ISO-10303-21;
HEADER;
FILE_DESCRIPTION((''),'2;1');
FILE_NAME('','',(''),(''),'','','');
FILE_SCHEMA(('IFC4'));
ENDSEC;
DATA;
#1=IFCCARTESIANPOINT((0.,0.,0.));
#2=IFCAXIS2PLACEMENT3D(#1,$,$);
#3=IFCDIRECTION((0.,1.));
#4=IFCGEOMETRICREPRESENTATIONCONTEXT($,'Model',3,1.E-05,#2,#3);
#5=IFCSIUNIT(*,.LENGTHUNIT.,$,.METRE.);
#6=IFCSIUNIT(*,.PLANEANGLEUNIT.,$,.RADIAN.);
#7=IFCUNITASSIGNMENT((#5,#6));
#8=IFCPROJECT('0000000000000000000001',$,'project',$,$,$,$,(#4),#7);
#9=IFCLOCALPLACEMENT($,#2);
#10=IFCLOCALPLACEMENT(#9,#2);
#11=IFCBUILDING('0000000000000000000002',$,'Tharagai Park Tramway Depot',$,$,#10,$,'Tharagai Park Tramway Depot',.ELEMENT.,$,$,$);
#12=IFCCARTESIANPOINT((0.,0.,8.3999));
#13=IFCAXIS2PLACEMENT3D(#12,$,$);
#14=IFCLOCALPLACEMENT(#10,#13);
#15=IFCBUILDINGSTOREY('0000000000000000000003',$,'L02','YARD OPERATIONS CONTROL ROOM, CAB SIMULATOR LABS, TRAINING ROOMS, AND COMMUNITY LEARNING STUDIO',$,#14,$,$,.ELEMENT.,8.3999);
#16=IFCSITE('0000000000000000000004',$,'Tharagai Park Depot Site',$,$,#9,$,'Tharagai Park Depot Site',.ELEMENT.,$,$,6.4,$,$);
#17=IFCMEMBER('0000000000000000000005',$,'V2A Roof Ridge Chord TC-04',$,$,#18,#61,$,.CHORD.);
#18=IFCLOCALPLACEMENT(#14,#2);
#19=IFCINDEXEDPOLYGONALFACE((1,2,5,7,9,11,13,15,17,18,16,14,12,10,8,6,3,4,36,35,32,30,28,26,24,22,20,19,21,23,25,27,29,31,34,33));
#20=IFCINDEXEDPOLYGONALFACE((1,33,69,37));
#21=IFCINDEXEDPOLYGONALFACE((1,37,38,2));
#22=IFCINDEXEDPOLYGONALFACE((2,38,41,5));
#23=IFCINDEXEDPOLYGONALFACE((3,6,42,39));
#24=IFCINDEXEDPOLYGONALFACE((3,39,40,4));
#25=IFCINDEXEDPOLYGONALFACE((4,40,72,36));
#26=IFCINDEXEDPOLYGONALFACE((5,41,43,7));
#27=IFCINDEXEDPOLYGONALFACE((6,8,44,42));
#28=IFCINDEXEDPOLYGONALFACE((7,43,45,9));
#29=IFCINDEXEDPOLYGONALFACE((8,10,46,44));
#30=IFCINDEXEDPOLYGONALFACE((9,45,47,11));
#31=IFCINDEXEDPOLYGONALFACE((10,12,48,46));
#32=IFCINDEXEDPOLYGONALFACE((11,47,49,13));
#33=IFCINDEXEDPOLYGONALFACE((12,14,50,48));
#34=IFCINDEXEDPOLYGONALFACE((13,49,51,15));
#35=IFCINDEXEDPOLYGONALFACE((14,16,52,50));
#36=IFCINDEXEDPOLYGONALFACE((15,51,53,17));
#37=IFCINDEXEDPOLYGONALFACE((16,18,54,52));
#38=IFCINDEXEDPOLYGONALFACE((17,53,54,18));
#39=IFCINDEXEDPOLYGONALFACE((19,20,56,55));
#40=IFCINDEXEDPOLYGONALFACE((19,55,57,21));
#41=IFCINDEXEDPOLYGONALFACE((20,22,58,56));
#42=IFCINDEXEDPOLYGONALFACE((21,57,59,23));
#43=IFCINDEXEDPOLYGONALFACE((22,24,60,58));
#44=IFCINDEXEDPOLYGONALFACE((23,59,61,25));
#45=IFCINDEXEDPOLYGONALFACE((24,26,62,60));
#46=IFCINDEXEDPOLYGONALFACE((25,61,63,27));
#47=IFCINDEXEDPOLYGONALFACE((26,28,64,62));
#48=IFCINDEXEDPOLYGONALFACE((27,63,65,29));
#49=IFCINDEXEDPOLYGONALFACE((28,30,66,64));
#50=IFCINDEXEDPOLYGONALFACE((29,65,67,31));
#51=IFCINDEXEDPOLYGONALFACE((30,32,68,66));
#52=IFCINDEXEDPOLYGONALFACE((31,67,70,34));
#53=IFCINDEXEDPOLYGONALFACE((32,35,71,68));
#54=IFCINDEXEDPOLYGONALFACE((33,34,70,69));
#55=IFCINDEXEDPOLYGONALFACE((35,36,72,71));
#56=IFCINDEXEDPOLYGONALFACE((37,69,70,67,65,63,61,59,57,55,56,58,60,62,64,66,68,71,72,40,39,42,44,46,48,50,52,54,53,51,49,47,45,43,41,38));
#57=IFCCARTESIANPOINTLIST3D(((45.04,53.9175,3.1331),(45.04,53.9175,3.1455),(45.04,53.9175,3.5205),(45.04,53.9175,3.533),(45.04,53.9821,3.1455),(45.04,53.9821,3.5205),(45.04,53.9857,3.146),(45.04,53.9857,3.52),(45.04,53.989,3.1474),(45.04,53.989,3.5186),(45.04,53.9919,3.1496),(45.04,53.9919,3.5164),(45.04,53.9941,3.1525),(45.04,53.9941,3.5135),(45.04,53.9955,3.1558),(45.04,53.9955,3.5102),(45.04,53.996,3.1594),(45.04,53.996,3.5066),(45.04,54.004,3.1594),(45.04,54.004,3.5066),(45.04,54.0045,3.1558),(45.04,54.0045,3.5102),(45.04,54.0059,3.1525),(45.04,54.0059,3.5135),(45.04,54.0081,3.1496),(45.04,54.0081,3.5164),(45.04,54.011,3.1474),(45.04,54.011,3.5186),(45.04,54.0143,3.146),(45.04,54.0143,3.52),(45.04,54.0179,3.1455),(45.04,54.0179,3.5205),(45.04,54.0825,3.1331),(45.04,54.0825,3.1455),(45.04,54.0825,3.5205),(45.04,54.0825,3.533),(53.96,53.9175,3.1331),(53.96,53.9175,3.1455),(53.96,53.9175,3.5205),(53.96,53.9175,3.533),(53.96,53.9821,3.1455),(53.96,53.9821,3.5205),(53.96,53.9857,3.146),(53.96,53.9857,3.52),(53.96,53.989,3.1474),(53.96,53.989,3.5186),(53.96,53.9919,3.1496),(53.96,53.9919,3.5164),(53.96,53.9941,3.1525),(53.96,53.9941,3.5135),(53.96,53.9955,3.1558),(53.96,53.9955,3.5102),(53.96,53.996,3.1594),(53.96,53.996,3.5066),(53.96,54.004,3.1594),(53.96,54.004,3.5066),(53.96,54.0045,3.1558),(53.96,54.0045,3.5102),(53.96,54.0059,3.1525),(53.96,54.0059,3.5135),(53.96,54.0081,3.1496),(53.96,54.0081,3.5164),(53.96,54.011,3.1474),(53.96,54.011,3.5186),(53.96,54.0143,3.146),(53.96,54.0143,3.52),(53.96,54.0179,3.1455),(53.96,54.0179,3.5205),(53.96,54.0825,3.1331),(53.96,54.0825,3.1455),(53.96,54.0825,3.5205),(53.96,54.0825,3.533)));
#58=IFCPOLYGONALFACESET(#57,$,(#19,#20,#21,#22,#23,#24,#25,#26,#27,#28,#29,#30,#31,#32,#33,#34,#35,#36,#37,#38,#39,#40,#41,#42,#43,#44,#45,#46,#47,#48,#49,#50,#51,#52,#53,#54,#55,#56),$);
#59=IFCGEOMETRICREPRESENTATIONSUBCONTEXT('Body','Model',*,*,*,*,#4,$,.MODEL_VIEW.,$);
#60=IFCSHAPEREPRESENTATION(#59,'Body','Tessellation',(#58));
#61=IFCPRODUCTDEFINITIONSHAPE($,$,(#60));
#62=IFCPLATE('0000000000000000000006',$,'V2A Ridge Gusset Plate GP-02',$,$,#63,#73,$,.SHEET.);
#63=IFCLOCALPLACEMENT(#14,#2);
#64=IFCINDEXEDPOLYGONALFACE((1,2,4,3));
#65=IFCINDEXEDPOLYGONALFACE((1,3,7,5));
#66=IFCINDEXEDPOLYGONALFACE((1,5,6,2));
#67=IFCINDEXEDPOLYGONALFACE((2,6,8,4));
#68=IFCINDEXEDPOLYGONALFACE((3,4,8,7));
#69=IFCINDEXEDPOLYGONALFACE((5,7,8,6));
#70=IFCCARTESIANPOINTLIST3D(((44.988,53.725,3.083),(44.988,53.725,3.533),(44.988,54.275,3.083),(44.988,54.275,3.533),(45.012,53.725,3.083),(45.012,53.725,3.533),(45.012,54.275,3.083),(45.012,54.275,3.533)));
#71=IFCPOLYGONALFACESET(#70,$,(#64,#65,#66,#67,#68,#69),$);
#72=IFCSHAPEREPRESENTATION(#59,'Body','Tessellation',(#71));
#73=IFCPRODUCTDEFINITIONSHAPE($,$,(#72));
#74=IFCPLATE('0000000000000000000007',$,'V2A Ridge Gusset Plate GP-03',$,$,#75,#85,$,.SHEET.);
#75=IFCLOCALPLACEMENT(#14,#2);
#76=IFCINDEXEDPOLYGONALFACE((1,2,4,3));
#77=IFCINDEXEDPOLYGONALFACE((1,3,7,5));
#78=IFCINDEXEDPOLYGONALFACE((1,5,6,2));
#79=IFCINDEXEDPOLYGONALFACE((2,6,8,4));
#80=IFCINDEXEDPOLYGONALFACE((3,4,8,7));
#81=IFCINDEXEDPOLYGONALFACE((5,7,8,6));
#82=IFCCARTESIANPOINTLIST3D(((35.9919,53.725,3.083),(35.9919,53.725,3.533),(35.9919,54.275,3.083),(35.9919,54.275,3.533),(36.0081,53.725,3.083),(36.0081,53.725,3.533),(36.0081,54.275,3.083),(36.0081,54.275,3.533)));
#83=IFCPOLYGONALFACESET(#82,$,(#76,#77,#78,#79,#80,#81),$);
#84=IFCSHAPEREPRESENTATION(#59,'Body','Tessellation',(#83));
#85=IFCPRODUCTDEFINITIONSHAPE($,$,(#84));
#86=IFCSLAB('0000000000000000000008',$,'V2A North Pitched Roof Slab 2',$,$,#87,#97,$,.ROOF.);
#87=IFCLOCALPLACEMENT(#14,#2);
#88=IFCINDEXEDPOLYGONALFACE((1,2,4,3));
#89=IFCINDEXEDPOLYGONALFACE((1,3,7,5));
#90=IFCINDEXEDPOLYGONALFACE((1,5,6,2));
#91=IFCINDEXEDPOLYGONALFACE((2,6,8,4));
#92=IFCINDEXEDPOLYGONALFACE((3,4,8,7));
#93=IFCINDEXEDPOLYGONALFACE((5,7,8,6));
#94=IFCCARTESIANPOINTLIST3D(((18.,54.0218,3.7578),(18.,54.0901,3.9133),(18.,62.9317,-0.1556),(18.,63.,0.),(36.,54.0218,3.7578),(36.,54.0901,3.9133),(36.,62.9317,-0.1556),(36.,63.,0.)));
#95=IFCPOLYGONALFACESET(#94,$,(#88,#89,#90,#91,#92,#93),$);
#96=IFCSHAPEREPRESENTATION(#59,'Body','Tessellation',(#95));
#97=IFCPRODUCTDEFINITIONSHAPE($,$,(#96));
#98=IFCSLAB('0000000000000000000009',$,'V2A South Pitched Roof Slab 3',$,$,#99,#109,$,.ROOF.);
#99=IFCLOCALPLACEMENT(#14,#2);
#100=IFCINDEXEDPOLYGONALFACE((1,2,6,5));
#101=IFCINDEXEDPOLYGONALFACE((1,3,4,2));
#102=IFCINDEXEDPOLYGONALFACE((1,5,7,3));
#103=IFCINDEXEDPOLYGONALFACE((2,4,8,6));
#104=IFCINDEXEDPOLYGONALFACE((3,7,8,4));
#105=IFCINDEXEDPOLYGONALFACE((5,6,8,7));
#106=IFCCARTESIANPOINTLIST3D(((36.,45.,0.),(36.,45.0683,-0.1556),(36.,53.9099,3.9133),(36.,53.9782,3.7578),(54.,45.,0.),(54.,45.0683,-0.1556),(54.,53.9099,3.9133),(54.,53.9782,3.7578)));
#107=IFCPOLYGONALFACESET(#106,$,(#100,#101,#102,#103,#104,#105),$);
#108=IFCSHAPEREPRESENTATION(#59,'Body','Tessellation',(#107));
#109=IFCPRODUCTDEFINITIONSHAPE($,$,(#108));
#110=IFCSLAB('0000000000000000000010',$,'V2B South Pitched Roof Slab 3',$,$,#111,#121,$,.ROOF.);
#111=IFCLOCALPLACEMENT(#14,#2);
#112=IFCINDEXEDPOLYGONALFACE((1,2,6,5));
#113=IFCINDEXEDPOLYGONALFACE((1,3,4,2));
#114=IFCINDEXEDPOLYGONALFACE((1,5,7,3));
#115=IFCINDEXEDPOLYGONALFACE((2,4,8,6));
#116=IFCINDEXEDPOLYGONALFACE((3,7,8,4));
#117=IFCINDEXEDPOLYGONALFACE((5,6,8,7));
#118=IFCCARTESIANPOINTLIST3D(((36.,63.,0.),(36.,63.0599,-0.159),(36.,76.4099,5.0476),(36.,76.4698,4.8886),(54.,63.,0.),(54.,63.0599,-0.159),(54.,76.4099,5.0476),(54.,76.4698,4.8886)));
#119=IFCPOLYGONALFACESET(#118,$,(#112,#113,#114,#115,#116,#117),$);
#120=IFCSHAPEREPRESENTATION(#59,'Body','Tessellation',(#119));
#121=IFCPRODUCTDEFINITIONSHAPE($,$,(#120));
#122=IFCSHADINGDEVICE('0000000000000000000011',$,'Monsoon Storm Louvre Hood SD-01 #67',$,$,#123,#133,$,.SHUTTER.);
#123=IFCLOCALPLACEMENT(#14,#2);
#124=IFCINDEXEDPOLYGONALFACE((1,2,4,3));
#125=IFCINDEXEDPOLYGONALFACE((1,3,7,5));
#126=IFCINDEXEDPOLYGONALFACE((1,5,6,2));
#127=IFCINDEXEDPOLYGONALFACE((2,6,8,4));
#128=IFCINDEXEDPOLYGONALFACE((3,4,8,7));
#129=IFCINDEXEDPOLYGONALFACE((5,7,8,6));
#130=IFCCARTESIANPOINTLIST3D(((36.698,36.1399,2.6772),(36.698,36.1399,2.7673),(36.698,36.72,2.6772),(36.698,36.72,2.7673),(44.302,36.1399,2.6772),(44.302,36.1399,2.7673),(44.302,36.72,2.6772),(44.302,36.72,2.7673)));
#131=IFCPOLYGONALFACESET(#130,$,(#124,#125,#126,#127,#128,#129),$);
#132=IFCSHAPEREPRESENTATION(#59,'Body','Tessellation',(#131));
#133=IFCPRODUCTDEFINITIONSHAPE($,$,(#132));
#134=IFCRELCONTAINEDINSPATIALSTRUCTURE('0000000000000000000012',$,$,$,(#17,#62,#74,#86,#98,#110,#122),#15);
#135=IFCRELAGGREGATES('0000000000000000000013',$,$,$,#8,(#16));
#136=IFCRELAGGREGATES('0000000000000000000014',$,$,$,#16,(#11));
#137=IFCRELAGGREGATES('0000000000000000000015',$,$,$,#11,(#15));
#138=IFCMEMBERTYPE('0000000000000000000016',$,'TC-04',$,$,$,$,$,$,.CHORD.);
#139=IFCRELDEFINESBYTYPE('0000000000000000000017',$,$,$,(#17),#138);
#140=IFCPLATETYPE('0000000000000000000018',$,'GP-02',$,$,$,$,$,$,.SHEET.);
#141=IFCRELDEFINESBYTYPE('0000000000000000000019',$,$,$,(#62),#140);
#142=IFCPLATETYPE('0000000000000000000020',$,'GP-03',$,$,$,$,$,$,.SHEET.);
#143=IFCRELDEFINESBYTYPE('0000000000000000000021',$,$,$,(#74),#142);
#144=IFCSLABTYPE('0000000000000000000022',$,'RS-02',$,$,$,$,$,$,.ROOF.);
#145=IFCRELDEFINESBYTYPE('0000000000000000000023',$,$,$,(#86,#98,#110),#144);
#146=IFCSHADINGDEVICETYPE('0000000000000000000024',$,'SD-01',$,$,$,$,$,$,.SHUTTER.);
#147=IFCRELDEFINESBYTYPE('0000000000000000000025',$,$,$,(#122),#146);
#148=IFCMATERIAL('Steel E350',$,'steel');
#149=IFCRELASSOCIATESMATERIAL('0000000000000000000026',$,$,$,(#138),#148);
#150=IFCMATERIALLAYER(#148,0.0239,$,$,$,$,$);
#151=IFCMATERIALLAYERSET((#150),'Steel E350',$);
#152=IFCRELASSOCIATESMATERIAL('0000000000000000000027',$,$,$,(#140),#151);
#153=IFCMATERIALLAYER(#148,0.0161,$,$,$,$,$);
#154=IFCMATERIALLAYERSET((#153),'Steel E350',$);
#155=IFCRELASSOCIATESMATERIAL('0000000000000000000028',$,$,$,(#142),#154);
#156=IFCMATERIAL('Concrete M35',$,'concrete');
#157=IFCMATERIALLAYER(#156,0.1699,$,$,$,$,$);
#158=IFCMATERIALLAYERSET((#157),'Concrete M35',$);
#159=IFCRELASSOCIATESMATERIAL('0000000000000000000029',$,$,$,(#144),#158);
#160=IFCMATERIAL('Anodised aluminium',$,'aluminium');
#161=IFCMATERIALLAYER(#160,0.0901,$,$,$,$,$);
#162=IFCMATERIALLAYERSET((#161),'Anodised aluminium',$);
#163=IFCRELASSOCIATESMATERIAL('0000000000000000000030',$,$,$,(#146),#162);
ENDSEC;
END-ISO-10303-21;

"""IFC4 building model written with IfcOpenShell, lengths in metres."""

from ifc_helpers import new_model, si_unit, direction, frame, origin, origin_2d, place, context, subcontext, project, spatial, polyline, rectangle, i_section, outline, extrude, material, layer, layer_set, material_profile, profile_set, type_object, element, save


model = new_model("IFC4")

# Units and contexts
model_context = context("Model", 3, precision=1e-05, world=origin(), true_north=direction((0.0, 1.0)))
body_context = subcontext(model_context, "Body", "Model", "MODEL_VIEW")
ifc_project = project(units=[si_unit("LENGTHUNIT", "METRE"), si_unit("PLANEANGLEUNIT", "RADIAN")], contexts=[model_context])

# Site, building, storey
site_placement = place(None, origin())
site = spatial("IfcSite", under=ifc_project, at=site_placement, Name="Tharagai Park Depot Site", LongName="Tharagai Park Depot Site", CompositionType="ELEMENT", RefElevation=6.4)
building_placement = place(site_placement, origin())
building = spatial("IfcBuilding", under=site, at=building_placement, Name="Tharagai Park Tramway Depot", LongName="Tharagai Park Tramway Depot", CompositionType="ELEMENT")
storey_placement = place(building_placement, frame((0.0, 0.0, 8.3999)))
storey = spatial("IfcBuildingStorey", under=building, at=storey_placement, Name="L02", Description="YARD OPERATIONS CONTROL ROOM, CAB SIMULATOR LABS, TRAINING ROOMS, AND COMMUNITY LEARNING STUDIO", CompositionType="ELEMENT", Elevation=8.3999)

# Shared definitions
ifc_material_1 = material(Name="Steel E350", Category="steel")
ifc_material_2 = material(Name="Concrete M35", Category="concrete")

# Member
ifc_material_profile_1 = material_profile(ifc_material_1, i_section(OverallWidth=0.165, OverallDepth=0.3999, WebThickness=0.0081, FlangeThickness=0.0125, FilletRadius=0.0139, at=origin_2d()), Name="ISLB 400")
ifc_profile_set_1 = profile_set([ifc_material_profile_1], Name="Steel E350")
member_type_1 = type_object("IfcMemberType", Name="TC-04", PredefinedType="CHORD", material=ifc_profile_set_1)
for number, where, z_axis, x_axis, name in (
    (1, (45.04, 54.0, 3.333), (1.0, 0.0, 0.0), (0.0, 1.0, 0.0), "V2A Roof Ridge Chord TC-04"),
):
    element("IfcMember", number, at=place(storey_placement, frame(where, z_axis=z_axis, x_axis=x_axis)), inside=storey, type_object=member_type_1, Name=name, PredefinedType="CHORD", context=body_context, shape_type="SweptSolid", body=[
        extrude(i_section(OverallWidth=0.165, OverallDepth=0.3999, WebThickness=0.0081, FlangeThickness=0.0125, FilletRadius=0.0139, at=origin_2d()), origin(), (0.0, 0.0, 1.0), 8.9199),
    ])

# Plates
ifc_layer_1 = layer(ifc_material_1, 0.0239)
ifc_layer_set_1 = layer_set([ifc_layer_1], Name="Steel E350")
plate_type_1 = type_object("IfcPlateType", Name="GP-02", PredefinedType="SHEET", material=ifc_layer_set_1)
plate_1_placement = place(storey_placement, frame((45.0, 54.0, 3.083), z_axis=(0.0, 0.0, 1.0), x_axis=(1.0, 0.0, 0.0)))
element("IfcPlate", 2, at=plate_1_placement, inside=storey, type_object=plate_type_1, Name="V2A Ridge Gusset Plate GP-02", PredefinedType="SHEET", context=body_context, shape_type="SweptSolid", body=[
    extrude(rectangle(XDim=0.0239, YDim=0.55, at=origin_2d()), origin(), (0.0, 0.0, 1.0), 0.45),
])
ifc_layer_2 = layer(ifc_material_1, 0.0161)
ifc_layer_set_2 = layer_set([ifc_layer_2], Name="Steel E350")
plate_type_2 = type_object("IfcPlateType", Name="GP-03", PredefinedType="SHEET", material=ifc_layer_set_2)
plate_2_placement = place(storey_placement, frame((36.0, 54.0, 3.083), z_axis=(0.0, 0.0, 1.0), x_axis=(1.0, 0.0, 0.0)))
element("IfcPlate", 3, at=plate_2_placement, inside=storey, type_object=plate_type_2, Name="V2A Ridge Gusset Plate GP-03", PredefinedType="SHEET", context=body_context, shape_type="SweptSolid", body=[
    extrude(rectangle(XDim=0.0161, YDim=0.55, at=origin_2d()), origin(), (0.0, 0.0, 1.0), 0.45),
])

# Slabs
ifc_layer_3 = layer(ifc_material_2, 0.1699)
ifc_layer_set_3 = layer_set([ifc_layer_3], Name="Concrete M35")
slab_type = type_object("IfcSlabType", Name="RS-02", PredefinedType="ROOF", material=ifc_layer_set_3)
for number, where, z_axis, x_axis, name in (
    (4, (36.0, 63.0, 0.0), (0.0, 0.402133, 0.915581), (-1.0, 0.0, 0.0), "V2A North Pitched Roof Slab 2"),
    (5, (36.0, 45.0, 0.0), (0.0, -0.402133, 0.915581), (1.0, 0.0, 0.0), "V2A South Pitched Roof Slab 3"),
):
    element("IfcSlab", number, at=place(storey_placement, frame(where, z_axis=z_axis, x_axis=x_axis)), inside=storey, type_object=slab_type, Name=name, PredefinedType="ROOF", context=body_context, shape_type="SweptSolid", body=[
        extrude(outline(polyline([(0.0, 0.0), (18.0, 0.0), (18.0, 9.7314), (0.0, 9.7314), (0.0, 0.0)])), origin(), (0.0, 0.0, -1.0), 0.1699),
    ])
slab_placement = place(storey_placement, frame((36.0, 63.0, 0.0), z_axis=(0.0, -0.352279, 0.935895), x_axis=(1.0, 0.0, 0.0)))
element("IfcSlab", 6, at=slab_placement, inside=storey, type_object=slab_type, Name="V2B South Pitched Roof Slab 3", PredefinedType="ROOF", context=body_context, shape_type="SweptSolid", body=[
    extrude(outline(polyline([(0.0, 0.0), (18.0, 0.0), (18.0, 14.3284), (0.0, 14.3284), (0.0, 0.0)])), origin(), (0.0, 0.0, -1.0), 0.1699),
])

# Shading device
ifc_material_3 = material(Name="Anodised aluminium", Category="aluminium")
ifc_layer_4 = layer(ifc_material_3, 0.0901)
ifc_layer_set_4 = layer_set([ifc_layer_4], Name="Anodised aluminium")
shading_device_type = type_object("IfcShadingDeviceType", Name="SD-01", PredefinedType="SHUTTER", material=ifc_layer_set_4)
shading_device_placement = place(storey_placement, frame((40.5, 36.4299, 2.6772), z_axis=(0.0, 0.0, 1.0), x_axis=(1.0, 0.0, 0.0)))
element("IfcShadingDevice", 7, at=shading_device_placement, inside=storey, type_object=shading_device_type, Name="Monsoon Storm Louvre Hood SD-01 #67", PredefinedType="SHUTTER", context=body_context, shape_type="SweptSolid", body=[
    extrude(rectangle(XDim=7.604, YDim=0.5801, at=origin_2d()), origin(), (0.0, 0.0, 1.0), 0.0901),
])

save(model, "model.ifc")
